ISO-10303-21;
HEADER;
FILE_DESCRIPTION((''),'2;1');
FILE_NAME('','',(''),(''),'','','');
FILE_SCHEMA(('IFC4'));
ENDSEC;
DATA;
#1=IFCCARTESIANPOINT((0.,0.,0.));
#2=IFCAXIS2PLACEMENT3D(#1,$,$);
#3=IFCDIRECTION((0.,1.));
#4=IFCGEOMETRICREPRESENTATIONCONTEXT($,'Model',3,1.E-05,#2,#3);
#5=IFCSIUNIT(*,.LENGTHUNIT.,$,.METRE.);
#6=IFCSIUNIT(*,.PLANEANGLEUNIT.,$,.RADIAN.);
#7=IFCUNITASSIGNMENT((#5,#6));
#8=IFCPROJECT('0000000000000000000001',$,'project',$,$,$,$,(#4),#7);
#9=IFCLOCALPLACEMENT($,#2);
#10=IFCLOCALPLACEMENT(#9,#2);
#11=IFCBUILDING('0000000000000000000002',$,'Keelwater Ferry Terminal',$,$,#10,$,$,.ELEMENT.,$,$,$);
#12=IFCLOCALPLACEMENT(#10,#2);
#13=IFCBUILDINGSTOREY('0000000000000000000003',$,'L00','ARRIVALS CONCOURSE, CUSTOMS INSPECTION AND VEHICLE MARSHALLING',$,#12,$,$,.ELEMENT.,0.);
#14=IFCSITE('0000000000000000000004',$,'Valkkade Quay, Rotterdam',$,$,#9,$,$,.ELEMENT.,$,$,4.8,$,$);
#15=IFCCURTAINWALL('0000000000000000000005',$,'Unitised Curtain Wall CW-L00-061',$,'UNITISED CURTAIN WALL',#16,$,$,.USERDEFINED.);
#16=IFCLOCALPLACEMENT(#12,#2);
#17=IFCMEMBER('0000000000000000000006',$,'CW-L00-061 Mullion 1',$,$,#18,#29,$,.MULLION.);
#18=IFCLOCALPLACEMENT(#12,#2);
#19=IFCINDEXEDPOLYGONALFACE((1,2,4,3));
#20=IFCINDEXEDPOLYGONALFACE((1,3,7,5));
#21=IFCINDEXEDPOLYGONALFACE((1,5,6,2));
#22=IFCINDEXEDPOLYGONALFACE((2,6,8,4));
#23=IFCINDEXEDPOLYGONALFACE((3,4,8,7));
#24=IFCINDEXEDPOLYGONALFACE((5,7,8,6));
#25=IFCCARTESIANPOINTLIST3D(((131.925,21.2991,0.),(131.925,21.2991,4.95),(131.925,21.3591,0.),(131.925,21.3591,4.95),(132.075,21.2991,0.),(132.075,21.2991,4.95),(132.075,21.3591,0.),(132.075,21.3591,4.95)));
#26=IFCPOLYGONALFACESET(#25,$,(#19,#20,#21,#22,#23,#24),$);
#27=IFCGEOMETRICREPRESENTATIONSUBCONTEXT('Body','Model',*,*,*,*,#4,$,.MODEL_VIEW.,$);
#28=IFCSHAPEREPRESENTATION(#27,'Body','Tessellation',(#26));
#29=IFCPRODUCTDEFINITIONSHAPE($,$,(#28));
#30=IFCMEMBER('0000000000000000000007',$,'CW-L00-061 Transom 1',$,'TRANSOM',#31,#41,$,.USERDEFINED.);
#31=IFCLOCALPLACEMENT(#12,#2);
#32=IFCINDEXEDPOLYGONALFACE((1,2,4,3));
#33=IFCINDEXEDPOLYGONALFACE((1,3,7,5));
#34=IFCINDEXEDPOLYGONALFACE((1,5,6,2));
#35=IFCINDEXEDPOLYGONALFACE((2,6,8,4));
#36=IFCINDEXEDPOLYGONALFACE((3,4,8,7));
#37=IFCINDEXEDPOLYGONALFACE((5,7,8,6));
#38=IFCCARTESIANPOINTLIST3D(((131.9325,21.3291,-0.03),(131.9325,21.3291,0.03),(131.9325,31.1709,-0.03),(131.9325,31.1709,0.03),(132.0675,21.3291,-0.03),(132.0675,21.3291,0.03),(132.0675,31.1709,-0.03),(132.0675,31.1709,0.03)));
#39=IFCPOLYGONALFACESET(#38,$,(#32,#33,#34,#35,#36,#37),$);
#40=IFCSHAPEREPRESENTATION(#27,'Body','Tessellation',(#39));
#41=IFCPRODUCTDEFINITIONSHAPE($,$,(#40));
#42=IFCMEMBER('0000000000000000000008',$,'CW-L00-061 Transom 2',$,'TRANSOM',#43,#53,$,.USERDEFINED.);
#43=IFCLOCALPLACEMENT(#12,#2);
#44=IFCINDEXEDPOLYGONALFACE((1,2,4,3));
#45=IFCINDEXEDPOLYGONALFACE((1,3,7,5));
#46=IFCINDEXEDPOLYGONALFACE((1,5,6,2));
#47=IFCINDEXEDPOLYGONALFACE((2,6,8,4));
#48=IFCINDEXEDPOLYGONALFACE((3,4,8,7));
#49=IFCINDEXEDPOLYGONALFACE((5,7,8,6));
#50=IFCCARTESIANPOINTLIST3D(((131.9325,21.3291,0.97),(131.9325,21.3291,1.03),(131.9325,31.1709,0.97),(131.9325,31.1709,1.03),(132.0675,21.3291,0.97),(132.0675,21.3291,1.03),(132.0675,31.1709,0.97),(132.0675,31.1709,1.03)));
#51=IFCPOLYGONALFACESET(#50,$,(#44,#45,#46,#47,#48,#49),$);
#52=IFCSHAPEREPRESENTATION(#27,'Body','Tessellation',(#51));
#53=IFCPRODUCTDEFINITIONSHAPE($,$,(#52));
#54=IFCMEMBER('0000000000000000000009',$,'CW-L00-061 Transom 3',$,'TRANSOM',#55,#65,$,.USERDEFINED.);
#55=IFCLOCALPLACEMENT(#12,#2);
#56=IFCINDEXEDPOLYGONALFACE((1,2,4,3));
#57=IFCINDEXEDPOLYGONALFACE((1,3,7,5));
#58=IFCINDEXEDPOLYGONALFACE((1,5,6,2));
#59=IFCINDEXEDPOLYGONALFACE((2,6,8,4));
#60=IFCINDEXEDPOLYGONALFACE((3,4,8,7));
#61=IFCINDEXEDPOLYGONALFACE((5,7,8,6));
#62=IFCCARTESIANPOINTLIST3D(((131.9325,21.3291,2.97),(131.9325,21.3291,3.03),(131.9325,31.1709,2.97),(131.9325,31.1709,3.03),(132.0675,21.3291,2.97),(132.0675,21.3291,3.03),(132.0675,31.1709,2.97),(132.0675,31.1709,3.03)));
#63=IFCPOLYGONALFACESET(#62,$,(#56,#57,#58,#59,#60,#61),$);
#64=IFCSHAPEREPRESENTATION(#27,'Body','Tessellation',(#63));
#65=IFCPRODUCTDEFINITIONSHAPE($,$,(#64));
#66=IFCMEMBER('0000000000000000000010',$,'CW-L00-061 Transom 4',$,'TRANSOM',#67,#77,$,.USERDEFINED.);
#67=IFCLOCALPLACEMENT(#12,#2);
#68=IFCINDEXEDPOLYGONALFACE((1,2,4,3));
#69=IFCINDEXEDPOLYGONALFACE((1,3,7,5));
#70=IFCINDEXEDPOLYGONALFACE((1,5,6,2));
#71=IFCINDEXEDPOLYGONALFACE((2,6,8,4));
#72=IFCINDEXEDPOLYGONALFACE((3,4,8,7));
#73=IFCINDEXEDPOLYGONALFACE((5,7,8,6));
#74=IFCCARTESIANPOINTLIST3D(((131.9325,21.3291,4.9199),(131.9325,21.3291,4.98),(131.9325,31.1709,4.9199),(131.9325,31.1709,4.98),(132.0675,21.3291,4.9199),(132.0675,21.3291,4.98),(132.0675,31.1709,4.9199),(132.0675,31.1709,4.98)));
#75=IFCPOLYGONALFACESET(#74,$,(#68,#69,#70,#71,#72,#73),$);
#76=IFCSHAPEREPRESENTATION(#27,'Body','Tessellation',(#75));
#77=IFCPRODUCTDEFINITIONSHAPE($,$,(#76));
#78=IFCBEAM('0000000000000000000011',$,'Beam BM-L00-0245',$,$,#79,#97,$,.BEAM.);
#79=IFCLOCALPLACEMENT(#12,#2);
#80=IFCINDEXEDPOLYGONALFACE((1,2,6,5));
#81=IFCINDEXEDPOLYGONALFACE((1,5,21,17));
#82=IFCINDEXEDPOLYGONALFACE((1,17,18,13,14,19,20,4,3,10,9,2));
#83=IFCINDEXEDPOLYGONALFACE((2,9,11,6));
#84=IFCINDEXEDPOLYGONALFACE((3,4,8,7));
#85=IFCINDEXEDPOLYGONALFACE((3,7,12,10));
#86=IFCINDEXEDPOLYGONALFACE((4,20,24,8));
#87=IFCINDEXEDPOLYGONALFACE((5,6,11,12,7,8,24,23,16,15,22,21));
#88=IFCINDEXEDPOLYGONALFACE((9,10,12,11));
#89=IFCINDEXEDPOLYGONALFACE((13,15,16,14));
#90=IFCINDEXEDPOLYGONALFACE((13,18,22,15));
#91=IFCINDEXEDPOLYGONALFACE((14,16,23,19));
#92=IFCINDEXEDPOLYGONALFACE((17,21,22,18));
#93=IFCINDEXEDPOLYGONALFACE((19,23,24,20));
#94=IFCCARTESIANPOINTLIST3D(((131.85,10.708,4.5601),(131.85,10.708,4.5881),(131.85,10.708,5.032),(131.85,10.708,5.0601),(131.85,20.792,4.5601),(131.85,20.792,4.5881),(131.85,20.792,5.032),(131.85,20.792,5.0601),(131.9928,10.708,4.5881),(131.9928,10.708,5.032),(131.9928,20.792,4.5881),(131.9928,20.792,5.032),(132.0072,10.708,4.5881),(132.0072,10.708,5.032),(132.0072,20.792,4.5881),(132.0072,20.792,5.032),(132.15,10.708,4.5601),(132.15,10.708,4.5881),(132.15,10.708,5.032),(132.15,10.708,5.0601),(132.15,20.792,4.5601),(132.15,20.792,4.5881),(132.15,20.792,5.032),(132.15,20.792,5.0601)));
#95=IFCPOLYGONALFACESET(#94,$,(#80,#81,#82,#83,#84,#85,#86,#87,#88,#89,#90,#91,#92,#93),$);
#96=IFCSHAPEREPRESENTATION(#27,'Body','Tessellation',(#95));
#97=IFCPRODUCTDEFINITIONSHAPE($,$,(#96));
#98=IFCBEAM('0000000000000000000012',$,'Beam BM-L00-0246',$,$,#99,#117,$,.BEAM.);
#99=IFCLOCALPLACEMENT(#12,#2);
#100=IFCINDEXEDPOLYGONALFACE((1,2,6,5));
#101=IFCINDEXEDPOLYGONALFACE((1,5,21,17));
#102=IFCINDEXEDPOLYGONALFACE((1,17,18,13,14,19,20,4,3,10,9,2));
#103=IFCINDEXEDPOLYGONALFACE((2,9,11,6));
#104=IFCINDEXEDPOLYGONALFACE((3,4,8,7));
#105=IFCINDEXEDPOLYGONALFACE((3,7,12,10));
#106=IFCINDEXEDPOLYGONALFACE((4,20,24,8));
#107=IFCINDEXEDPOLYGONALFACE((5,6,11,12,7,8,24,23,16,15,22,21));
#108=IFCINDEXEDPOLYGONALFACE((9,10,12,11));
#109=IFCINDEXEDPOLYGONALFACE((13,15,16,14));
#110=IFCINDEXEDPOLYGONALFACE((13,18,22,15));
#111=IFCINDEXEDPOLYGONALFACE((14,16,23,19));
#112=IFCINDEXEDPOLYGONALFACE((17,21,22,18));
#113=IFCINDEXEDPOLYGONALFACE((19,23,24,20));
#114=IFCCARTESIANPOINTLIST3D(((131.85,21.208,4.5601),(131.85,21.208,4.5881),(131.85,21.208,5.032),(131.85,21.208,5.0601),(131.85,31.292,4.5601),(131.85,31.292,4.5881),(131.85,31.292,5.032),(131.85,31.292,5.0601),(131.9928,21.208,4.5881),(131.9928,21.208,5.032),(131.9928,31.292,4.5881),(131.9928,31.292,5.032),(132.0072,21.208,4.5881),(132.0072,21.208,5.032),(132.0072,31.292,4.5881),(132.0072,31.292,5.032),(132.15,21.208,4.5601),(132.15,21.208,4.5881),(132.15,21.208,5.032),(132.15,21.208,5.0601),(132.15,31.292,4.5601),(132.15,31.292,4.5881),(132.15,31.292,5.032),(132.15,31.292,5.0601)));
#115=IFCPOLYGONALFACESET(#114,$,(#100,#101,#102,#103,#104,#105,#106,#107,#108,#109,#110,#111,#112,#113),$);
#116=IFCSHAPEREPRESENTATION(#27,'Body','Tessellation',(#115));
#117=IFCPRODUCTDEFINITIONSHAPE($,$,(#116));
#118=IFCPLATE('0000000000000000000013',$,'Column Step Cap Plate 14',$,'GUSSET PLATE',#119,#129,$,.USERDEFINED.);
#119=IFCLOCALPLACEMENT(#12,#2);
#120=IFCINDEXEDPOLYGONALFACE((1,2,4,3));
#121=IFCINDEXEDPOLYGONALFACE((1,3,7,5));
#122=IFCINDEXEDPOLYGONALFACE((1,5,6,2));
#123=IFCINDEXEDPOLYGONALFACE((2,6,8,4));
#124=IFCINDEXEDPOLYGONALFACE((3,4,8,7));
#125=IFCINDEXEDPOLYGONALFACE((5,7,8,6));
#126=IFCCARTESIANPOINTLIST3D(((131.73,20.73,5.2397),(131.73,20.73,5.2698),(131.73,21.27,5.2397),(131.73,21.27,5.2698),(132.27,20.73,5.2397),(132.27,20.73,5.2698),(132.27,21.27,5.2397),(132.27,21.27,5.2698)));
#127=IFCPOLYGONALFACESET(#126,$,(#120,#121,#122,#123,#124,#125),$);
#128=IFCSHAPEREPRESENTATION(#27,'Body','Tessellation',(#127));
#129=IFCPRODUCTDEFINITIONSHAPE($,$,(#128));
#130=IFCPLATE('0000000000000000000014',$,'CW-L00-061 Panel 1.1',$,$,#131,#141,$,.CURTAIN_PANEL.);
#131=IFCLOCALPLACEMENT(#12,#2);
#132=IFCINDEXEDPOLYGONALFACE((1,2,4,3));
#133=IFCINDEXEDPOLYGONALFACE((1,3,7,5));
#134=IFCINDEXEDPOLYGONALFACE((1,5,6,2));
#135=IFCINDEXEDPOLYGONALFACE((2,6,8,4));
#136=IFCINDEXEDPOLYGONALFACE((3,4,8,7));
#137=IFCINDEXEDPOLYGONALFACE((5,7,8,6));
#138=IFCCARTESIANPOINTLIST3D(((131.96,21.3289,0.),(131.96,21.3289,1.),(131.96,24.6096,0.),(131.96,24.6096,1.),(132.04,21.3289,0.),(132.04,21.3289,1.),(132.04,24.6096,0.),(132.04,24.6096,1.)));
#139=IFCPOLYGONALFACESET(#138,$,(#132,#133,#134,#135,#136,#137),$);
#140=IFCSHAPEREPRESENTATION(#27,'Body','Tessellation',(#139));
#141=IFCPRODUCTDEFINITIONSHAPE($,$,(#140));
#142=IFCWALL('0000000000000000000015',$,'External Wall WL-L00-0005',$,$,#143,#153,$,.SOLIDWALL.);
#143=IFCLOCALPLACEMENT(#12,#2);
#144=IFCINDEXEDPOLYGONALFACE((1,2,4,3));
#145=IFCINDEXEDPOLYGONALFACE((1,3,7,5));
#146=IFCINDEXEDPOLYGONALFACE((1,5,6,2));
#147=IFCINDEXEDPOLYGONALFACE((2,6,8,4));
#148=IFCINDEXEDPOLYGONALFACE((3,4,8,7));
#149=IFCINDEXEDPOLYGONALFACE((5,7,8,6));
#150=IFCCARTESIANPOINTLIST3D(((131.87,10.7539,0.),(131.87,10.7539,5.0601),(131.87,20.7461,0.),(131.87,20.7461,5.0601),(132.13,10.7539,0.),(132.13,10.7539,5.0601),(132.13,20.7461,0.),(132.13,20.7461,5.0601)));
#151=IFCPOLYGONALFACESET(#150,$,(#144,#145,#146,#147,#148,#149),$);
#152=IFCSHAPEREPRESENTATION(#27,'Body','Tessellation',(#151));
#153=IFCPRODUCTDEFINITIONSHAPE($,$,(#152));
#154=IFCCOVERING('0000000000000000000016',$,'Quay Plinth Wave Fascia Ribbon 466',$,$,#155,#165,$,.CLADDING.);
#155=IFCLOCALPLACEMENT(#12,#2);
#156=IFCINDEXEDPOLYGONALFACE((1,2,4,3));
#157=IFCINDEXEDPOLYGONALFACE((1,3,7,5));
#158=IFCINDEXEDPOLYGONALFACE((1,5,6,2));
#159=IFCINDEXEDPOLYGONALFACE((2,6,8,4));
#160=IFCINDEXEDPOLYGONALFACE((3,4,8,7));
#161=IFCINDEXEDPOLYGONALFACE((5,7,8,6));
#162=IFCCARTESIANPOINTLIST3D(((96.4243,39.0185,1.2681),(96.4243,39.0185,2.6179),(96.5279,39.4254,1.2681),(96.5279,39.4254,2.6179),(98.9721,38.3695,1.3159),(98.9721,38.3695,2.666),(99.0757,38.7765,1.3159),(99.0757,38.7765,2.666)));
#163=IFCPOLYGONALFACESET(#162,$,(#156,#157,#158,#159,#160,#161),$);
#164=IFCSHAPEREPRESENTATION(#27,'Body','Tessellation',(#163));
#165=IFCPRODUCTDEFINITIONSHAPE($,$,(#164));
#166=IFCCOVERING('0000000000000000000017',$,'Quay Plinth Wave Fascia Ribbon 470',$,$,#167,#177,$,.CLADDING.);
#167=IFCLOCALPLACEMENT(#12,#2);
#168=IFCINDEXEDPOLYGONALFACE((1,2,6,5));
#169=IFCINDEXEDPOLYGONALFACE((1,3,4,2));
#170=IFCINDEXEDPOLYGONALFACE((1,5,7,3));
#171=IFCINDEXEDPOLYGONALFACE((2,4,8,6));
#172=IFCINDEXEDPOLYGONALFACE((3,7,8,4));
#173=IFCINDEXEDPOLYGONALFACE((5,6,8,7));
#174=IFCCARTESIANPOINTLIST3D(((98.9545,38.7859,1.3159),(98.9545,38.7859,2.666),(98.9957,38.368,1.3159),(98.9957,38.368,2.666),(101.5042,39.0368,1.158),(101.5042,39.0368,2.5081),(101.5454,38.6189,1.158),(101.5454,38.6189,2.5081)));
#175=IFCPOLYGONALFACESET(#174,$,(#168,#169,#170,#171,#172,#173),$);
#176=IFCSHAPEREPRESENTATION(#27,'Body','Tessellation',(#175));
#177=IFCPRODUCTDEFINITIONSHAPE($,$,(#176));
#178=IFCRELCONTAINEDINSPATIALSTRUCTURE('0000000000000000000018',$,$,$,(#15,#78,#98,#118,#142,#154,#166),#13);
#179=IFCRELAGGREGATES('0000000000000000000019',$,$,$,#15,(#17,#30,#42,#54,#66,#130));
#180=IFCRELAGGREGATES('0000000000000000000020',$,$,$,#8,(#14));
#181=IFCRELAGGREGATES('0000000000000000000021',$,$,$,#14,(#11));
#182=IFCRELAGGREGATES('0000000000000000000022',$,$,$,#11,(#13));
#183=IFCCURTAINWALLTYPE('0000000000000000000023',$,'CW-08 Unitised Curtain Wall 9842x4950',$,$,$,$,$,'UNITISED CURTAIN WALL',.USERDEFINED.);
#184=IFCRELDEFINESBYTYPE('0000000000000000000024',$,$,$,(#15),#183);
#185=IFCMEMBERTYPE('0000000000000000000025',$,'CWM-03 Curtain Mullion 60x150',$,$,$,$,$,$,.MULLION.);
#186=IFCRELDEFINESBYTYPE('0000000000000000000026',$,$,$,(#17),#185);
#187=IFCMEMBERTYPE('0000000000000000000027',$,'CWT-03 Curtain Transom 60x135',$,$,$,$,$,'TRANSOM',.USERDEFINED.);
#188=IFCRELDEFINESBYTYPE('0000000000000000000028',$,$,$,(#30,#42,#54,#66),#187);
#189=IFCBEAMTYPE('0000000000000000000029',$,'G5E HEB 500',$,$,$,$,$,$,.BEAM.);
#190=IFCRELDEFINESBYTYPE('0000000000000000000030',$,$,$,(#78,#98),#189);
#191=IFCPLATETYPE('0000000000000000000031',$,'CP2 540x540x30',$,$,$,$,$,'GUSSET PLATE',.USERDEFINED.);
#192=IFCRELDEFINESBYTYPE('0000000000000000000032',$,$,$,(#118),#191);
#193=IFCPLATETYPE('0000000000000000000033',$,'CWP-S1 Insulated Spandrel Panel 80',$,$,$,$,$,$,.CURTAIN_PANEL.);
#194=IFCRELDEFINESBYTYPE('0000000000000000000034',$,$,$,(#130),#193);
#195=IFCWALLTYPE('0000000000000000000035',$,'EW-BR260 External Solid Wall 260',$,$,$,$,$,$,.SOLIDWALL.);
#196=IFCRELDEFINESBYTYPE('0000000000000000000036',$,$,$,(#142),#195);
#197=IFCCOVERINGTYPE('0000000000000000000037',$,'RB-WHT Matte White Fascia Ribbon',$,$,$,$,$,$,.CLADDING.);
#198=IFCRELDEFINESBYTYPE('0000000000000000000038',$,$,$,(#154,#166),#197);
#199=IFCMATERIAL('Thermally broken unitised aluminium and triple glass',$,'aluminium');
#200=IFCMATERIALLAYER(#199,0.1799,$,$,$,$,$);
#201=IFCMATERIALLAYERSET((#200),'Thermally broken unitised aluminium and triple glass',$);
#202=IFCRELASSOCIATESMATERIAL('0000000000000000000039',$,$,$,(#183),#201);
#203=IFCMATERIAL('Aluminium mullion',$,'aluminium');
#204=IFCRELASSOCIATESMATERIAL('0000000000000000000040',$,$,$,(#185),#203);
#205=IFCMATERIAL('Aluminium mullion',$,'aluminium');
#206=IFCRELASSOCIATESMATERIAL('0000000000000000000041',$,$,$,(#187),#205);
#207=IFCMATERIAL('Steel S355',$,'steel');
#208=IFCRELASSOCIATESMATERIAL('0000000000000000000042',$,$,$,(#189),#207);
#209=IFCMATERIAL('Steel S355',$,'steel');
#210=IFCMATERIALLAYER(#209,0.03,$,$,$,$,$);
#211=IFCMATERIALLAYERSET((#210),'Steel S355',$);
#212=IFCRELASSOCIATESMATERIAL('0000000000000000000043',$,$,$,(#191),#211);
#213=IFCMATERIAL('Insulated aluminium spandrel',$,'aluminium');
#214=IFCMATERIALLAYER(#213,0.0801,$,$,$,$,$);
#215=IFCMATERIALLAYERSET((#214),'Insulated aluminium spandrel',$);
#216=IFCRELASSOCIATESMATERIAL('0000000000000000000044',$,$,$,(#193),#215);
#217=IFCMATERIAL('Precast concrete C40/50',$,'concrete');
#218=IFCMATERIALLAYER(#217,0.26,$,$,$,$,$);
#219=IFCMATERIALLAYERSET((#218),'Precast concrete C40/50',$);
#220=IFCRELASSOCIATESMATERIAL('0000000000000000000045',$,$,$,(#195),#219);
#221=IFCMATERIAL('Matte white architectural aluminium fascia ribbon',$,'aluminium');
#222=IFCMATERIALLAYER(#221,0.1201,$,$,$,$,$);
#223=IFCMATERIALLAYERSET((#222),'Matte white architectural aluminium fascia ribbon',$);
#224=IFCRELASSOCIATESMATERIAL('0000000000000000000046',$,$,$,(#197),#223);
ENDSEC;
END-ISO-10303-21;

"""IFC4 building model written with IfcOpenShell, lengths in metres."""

from ifc_helpers import new_model, si_unit, direction, frame, frame_2d, origin, origin_2d, place, context, subcontext, project, spatial, polyline, rectangle, i_section, outline, extrude, material, layer, layer_set, material_profile, profile_set, type_object, element, aggregate, save


model = new_model("IFC4")

# Units and contexts
model_context = context("Model", 3, precision=1e-05, world=origin(), true_north=direction((0.0, 1.0)))
body_context = subcontext(model_context, "Body", "Model", "MODEL_VIEW")
ifc_project = project(units=[si_unit("LENGTHUNIT", "METRE"), si_unit("PLANEANGLEUNIT", "RADIAN")], contexts=[model_context])

# Site, building, storey
site_placement = place(None, origin())
site = spatial("IfcSite", under=ifc_project, at=site_placement, Name="Valkkade Quay, Rotterdam", CompositionType="ELEMENT", RefElevation=4.8)
building_placement = place(site_placement, origin())
building = spatial("IfcBuilding", under=site, at=building_placement, Name="Keelwater Ferry Terminal", CompositionType="ELEMENT")
storey_placement = place(building_placement, origin())
storey = spatial("IfcBuildingStorey", under=building, at=storey_placement, Name="L00", Description="ARRIVALS CONCOURSE, CUSTOMS INSPECTION AND VEHICLE MARSHALLING", CompositionType="ELEMENT", Elevation=0.0)

# Curtain wall, members
ifc_material_1 = material(Name="Thermally broken unitised aluminium and triple glass", Category="aluminium")
ifc_layer_1 = layer(ifc_material_1, 0.1799)
ifc_layer_set_1 = layer_set([ifc_layer_1], Name="Thermally broken unitised aluminium and triple glass")
curtain_wall_type = type_object("IfcCurtainWallType", Name="CW-08 Unitised Curtain Wall 9842x4950", ElementType="UNITISED CURTAIN WALL", PredefinedType="USERDEFINED", material=ifc_layer_set_1)
curtain_wall_placement = place(storey_placement, origin())
curtain_wall = element("IfcCurtainWall", 1, at=curtain_wall_placement, inside=storey, type_object=curtain_wall_type, Name="Unitised Curtain Wall CW-L00-061", ObjectType="UNITISED CURTAIN WALL", PredefinedType="USERDEFINED")
ifc_material_2 = material(Name="Aluminium mullion", Category="aluminium")
ifc_material_profile_1 = material_profile(ifc_material_2, rectangle(XDim=0.0601, YDim=0.1499, at=origin_2d()), Name="CWM-03")
ifc_profile_set_1 = profile_set([ifc_material_profile_1], Name="Aluminium mullion")
member_type_1 = type_object("IfcMemberType", Name="CWM-03 Curtain Mullion 60x150", PredefinedType="MULLION", material=ifc_profile_set_1)
member_1_placement = place(storey_placement, frame((132.0, 21.3291, 0.0), z_axis=(0.0, 0.0, 1.0), x_axis=(0.0, 1.0, 0.0)))
member_1 = element("IfcMember", 2, at=member_1_placement, type_object=member_type_1, Name="CW-L00-061 Mullion 1", PredefinedType="MULLION", context=body_context, shape_type="SweptSolid", body=[
    extrude(rectangle(XDim=0.0601, YDim=0.1499, at=origin_2d()), origin(), (0.0, 0.0, 1.0), 4.95),
])
ifc_material_3 = material(Name="Aluminium mullion", Category="aluminium")
ifc_material_profile_2 = material_profile(ifc_material_3, rectangle(XDim=0.135, YDim=0.0601, at=origin_2d()), Name="CWT-03")
ifc_profile_set_2 = profile_set([ifc_material_profile_2], Name="Aluminium mullion")
member_type_2 = type_object("IfcMemberType", Name="CWT-03 Curtain Transom 60x135", ElementType="TRANSOM", PredefinedType="USERDEFINED", material=ifc_profile_set_2)
member_2_placement = place(storey_placement, frame((132.0, 21.3291, 0.0), z_axis=(0.0, 1.0, 0.0), x_axis=(-1.0, 0.0, 0.0)))
member_2 = element("IfcMember", 3, at=member_2_placement, type_object=member_type_2, Name="CW-L00-061 Transom 1", ObjectType="TRANSOM", PredefinedType="USERDEFINED", context=body_context, shape_type="SweptSolid", body=[
    extrude(rectangle(XDim=0.135, YDim=0.0601, at=origin_2d()), origin(), (0.0, 0.0, 1.0), 9.8418),
])
member_3_placement = place(storey_placement, frame((132.0, 21.3291, 1.0), z_axis=(0.0, 1.0, 0.0), x_axis=(-1.0, 0.0, 0.0)))
member_3 = element("IfcMember", 4, at=member_3_placement, type_object=member_type_2, Name="CW-L00-061 Transom 2", ObjectType="TRANSOM", PredefinedType="USERDEFINED", context=body_context, shape_type="SweptSolid", body=[
    extrude(rectangle(XDim=0.135, YDim=0.0601, at=origin_2d()), origin(), (0.0, 0.0, 1.0), 9.8418),
])
member_4_placement = place(storey_placement, frame((132.0, 21.3291, 3.0), z_axis=(0.0, 1.0, 0.0), x_axis=(-1.0, 0.0, 0.0)))
member_4 = element("IfcMember", 5, at=member_4_placement, type_object=member_type_2, Name="CW-L00-061 Transom 3", ObjectType="TRANSOM", PredefinedType="USERDEFINED", context=body_context, shape_type="SweptSolid", body=[
    extrude(rectangle(XDim=0.135, YDim=0.0601, at=origin_2d()), origin(), (0.0, 0.0, 1.0), 9.8418),
])
member_5_placement = place(storey_placement, frame((132.0, 21.3291, 4.95), z_axis=(0.0, 1.0, 0.0), x_axis=(-1.0, 0.0, 0.0)))
member_5 = element("IfcMember", 6, at=member_5_placement, type_object=member_type_2, Name="CW-L00-061 Transom 4", ObjectType="TRANSOM", PredefinedType="USERDEFINED", context=body_context, shape_type="SweptSolid", body=[
    extrude(rectangle(XDim=0.135, YDim=0.0601, at=origin_2d()), origin(), (0.0, 0.0, 1.0), 9.8418),
])

# Beams
ifc_material_4 = material(Name="Steel S355", Category="steel")
ifc_material_profile_3 = material_profile(ifc_material_4, i_section(OverallWidth=0.3, OverallDepth=0.5, WebThickness=0.0144, FlangeThickness=0.0281, at=origin_2d()), Name="HEB 500")
ifc_profile_set_3 = profile_set([ifc_material_profile_3], Name="Steel S355")
beam_type = type_object("IfcBeamType", Name="G5E HEB 500", PredefinedType="BEAM", material=ifc_profile_set_3)
for number, where, z_axis, x_axis, name in (
    (7, (132.0, 10.708, 4.8101), (0.0, 1.0, 0.0), (-1.0, 0.0, 0.0), "Beam BM-L00-0245"),
    (8, (132.0, 21.208, 4.8101), (0.0, 1.0, 0.0), (-1.0, 0.0, 0.0), "Beam BM-L00-0246"),
):
    element("IfcBeam", number, at=place(storey_placement, frame(where, z_axis=z_axis, x_axis=x_axis)), inside=storey, type_object=beam_type, Name=name, PredefinedType="BEAM", context=body_context, shape_type="SweptSolid", body=[
        extrude(i_section(OverallWidth=0.3, OverallDepth=0.5, WebThickness=0.0144, FlangeThickness=0.0281, at=origin_2d()), origin(), (0.0, 0.0, 1.0), 10.084),
    ])

# Plates
ifc_material_5 = material(Name="Steel S355", Category="steel")
ifc_layer_2 = layer(ifc_material_5, 0.03)
ifc_layer_set_2 = layer_set([ifc_layer_2], Name="Steel S355")
plate_type_1 = type_object("IfcPlateType", Name="CP2 540x540x30", ElementType="GUSSET PLATE", PredefinedType="USERDEFINED", material=ifc_layer_set_2)
plate_1_placement = place(storey_placement, frame((132.0, 21.0, 5.2397), z_axis=(0.0, 0.0, 1.0), x_axis=(1.0, 0.0, 0.0)))
element("IfcPlate", 9, at=plate_1_placement, inside=storey, type_object=plate_type_1, Name="Column Step Cap Plate 14", ObjectType="GUSSET PLATE", PredefinedType="USERDEFINED", context=body_context, shape_type="SweptSolid", body=[
    extrude(rectangle(XDim=0.54, YDim=0.54, at=origin_2d()), origin(), (0.0, 0.0, 1.0), 0.03),
])
ifc_material_6 = material(Name="Insulated aluminium spandrel", Category="aluminium")
ifc_layer_3 = layer(ifc_material_6, 0.0801)
ifc_layer_set_3 = layer_set([ifc_layer_3], Name="Insulated aluminium spandrel")
plate_type_2 = type_object("IfcPlateType", Name="CWP-S1 Insulated Spandrel Panel 80", PredefinedType="CURTAIN_PANEL", material=ifc_layer_set_3)
plate_2_placement = place(storey_placement, frame((132.0, 22.9692, 0.0), z_axis=(0.0, 0.0, 1.0), x_axis=(0.0, 1.0, 0.0)))
plate_2 = element("IfcPlate", 10, at=plate_2_placement, type_object=plate_type_2, Name="CW-L00-061 Panel 1.1", PredefinedType="CURTAIN_PANEL", context=body_context, shape_type="SweptSolid", body=[
    extrude(rectangle(XDim=3.2808, YDim=0.0801, at=origin_2d()), origin(), (0.0, 0.0, 1.0), 1.0),
])
aggregate(curtain_wall, [member_1, member_2, member_3, member_4, member_5, plate_2])

# Wall
ifc_material_7 = material(Name="Precast concrete C40/50", Category="concrete")
ifc_layer_4 = layer(ifc_material_7, 0.26)
ifc_layer_set_4 = layer_set([ifc_layer_4], Name="Precast concrete C40/50")
wall_type = type_object("IfcWallType", Name="EW-BR260 External Solid Wall 260", PredefinedType="SOLIDWALL", material=ifc_layer_set_4)
wall_placement = place(storey_placement, frame((132.0, 10.7539, 0.0), z_axis=(0.0, 0.0, 1.0), x_axis=(0.0, 1.0, 0.0)))
element("IfcWall", 11, at=wall_placement, inside=storey, type_object=wall_type, Name="External Wall WL-L00-0005", PredefinedType="SOLIDWALL", context=body_context, shape_type="SweptSolid", body=[
    extrude(rectangle(XDim=9.9922, YDim=0.26, at=frame_2d((4.9961, 0.0))), origin(), (0.0, 0.0, 1.0), 5.0601),
])

# Coverings
ifc_material_8 = material(Name="Matte white architectural aluminium fascia ribbon", Category="aluminium")
ifc_layer_5 = layer(ifc_material_8, 0.1201)
ifc_layer_set_5 = layer_set([ifc_layer_5], Name="Matte white architectural aluminium fascia ribbon")
covering_type = type_object("IfcCoveringType", Name="RB-WHT Matte White Fascia Ribbon", PredefinedType="CLADDING", material=ifc_layer_set_5)
covering_1_placement = place(storey_placement, frame((96.4761, 39.2219, 1.2681), z_axis=(0.0, 0.0, 1.0), x_axis=(0.969062, -0.246816, 0.0)))
element("IfcCovering", 12, at=covering_1_placement, inside=storey, type_object=covering_type, Name="Quay Plinth Wave Fascia Ribbon 466", PredefinedType="CLADDING", context=body_context, shape_type="SweptSolid", body=[
    extrude(outline(polyline([(0.0, 0.0), (2.6292, 0.0479), (2.6292, 1.3979), (0.0, 1.3499), (0.0, 0.0)])), frame((0.0, 0.21, 0.0), z_axis=(0.0, -1.0, 0.0), x_axis=(1.0, 0.0, 0.0)), (0.0, 0.0, 1.0), 0.4199),
])
covering_2_placement = place(storey_placement, frame((98.9751, 38.5769, 1.158), z_axis=(0.0, 0.0, 1.0), x_axis=(0.995191, 0.097956, 0.0)))
element("IfcCovering", 13, at=covering_2_placement, inside=storey, type_object=covering_type, Name="Quay Plinth Wave Fascia Ribbon 470", PredefinedType="CLADDING", context=body_context, shape_type="SweptSolid", body=[
    extrude(outline(polyline([(0.0, 0.158), (2.562, 0.0), (2.562, 1.3501), (0.0, 1.5081), (0.0, 0.158)])), frame((0.0, 0.21, 0.0), z_axis=(0.0, -1.0, 0.0), x_axis=(1.0, 0.0, 0.0)), (0.0, 0.0, 1.0), 0.4199),
])

save(model, "model.ifc")
